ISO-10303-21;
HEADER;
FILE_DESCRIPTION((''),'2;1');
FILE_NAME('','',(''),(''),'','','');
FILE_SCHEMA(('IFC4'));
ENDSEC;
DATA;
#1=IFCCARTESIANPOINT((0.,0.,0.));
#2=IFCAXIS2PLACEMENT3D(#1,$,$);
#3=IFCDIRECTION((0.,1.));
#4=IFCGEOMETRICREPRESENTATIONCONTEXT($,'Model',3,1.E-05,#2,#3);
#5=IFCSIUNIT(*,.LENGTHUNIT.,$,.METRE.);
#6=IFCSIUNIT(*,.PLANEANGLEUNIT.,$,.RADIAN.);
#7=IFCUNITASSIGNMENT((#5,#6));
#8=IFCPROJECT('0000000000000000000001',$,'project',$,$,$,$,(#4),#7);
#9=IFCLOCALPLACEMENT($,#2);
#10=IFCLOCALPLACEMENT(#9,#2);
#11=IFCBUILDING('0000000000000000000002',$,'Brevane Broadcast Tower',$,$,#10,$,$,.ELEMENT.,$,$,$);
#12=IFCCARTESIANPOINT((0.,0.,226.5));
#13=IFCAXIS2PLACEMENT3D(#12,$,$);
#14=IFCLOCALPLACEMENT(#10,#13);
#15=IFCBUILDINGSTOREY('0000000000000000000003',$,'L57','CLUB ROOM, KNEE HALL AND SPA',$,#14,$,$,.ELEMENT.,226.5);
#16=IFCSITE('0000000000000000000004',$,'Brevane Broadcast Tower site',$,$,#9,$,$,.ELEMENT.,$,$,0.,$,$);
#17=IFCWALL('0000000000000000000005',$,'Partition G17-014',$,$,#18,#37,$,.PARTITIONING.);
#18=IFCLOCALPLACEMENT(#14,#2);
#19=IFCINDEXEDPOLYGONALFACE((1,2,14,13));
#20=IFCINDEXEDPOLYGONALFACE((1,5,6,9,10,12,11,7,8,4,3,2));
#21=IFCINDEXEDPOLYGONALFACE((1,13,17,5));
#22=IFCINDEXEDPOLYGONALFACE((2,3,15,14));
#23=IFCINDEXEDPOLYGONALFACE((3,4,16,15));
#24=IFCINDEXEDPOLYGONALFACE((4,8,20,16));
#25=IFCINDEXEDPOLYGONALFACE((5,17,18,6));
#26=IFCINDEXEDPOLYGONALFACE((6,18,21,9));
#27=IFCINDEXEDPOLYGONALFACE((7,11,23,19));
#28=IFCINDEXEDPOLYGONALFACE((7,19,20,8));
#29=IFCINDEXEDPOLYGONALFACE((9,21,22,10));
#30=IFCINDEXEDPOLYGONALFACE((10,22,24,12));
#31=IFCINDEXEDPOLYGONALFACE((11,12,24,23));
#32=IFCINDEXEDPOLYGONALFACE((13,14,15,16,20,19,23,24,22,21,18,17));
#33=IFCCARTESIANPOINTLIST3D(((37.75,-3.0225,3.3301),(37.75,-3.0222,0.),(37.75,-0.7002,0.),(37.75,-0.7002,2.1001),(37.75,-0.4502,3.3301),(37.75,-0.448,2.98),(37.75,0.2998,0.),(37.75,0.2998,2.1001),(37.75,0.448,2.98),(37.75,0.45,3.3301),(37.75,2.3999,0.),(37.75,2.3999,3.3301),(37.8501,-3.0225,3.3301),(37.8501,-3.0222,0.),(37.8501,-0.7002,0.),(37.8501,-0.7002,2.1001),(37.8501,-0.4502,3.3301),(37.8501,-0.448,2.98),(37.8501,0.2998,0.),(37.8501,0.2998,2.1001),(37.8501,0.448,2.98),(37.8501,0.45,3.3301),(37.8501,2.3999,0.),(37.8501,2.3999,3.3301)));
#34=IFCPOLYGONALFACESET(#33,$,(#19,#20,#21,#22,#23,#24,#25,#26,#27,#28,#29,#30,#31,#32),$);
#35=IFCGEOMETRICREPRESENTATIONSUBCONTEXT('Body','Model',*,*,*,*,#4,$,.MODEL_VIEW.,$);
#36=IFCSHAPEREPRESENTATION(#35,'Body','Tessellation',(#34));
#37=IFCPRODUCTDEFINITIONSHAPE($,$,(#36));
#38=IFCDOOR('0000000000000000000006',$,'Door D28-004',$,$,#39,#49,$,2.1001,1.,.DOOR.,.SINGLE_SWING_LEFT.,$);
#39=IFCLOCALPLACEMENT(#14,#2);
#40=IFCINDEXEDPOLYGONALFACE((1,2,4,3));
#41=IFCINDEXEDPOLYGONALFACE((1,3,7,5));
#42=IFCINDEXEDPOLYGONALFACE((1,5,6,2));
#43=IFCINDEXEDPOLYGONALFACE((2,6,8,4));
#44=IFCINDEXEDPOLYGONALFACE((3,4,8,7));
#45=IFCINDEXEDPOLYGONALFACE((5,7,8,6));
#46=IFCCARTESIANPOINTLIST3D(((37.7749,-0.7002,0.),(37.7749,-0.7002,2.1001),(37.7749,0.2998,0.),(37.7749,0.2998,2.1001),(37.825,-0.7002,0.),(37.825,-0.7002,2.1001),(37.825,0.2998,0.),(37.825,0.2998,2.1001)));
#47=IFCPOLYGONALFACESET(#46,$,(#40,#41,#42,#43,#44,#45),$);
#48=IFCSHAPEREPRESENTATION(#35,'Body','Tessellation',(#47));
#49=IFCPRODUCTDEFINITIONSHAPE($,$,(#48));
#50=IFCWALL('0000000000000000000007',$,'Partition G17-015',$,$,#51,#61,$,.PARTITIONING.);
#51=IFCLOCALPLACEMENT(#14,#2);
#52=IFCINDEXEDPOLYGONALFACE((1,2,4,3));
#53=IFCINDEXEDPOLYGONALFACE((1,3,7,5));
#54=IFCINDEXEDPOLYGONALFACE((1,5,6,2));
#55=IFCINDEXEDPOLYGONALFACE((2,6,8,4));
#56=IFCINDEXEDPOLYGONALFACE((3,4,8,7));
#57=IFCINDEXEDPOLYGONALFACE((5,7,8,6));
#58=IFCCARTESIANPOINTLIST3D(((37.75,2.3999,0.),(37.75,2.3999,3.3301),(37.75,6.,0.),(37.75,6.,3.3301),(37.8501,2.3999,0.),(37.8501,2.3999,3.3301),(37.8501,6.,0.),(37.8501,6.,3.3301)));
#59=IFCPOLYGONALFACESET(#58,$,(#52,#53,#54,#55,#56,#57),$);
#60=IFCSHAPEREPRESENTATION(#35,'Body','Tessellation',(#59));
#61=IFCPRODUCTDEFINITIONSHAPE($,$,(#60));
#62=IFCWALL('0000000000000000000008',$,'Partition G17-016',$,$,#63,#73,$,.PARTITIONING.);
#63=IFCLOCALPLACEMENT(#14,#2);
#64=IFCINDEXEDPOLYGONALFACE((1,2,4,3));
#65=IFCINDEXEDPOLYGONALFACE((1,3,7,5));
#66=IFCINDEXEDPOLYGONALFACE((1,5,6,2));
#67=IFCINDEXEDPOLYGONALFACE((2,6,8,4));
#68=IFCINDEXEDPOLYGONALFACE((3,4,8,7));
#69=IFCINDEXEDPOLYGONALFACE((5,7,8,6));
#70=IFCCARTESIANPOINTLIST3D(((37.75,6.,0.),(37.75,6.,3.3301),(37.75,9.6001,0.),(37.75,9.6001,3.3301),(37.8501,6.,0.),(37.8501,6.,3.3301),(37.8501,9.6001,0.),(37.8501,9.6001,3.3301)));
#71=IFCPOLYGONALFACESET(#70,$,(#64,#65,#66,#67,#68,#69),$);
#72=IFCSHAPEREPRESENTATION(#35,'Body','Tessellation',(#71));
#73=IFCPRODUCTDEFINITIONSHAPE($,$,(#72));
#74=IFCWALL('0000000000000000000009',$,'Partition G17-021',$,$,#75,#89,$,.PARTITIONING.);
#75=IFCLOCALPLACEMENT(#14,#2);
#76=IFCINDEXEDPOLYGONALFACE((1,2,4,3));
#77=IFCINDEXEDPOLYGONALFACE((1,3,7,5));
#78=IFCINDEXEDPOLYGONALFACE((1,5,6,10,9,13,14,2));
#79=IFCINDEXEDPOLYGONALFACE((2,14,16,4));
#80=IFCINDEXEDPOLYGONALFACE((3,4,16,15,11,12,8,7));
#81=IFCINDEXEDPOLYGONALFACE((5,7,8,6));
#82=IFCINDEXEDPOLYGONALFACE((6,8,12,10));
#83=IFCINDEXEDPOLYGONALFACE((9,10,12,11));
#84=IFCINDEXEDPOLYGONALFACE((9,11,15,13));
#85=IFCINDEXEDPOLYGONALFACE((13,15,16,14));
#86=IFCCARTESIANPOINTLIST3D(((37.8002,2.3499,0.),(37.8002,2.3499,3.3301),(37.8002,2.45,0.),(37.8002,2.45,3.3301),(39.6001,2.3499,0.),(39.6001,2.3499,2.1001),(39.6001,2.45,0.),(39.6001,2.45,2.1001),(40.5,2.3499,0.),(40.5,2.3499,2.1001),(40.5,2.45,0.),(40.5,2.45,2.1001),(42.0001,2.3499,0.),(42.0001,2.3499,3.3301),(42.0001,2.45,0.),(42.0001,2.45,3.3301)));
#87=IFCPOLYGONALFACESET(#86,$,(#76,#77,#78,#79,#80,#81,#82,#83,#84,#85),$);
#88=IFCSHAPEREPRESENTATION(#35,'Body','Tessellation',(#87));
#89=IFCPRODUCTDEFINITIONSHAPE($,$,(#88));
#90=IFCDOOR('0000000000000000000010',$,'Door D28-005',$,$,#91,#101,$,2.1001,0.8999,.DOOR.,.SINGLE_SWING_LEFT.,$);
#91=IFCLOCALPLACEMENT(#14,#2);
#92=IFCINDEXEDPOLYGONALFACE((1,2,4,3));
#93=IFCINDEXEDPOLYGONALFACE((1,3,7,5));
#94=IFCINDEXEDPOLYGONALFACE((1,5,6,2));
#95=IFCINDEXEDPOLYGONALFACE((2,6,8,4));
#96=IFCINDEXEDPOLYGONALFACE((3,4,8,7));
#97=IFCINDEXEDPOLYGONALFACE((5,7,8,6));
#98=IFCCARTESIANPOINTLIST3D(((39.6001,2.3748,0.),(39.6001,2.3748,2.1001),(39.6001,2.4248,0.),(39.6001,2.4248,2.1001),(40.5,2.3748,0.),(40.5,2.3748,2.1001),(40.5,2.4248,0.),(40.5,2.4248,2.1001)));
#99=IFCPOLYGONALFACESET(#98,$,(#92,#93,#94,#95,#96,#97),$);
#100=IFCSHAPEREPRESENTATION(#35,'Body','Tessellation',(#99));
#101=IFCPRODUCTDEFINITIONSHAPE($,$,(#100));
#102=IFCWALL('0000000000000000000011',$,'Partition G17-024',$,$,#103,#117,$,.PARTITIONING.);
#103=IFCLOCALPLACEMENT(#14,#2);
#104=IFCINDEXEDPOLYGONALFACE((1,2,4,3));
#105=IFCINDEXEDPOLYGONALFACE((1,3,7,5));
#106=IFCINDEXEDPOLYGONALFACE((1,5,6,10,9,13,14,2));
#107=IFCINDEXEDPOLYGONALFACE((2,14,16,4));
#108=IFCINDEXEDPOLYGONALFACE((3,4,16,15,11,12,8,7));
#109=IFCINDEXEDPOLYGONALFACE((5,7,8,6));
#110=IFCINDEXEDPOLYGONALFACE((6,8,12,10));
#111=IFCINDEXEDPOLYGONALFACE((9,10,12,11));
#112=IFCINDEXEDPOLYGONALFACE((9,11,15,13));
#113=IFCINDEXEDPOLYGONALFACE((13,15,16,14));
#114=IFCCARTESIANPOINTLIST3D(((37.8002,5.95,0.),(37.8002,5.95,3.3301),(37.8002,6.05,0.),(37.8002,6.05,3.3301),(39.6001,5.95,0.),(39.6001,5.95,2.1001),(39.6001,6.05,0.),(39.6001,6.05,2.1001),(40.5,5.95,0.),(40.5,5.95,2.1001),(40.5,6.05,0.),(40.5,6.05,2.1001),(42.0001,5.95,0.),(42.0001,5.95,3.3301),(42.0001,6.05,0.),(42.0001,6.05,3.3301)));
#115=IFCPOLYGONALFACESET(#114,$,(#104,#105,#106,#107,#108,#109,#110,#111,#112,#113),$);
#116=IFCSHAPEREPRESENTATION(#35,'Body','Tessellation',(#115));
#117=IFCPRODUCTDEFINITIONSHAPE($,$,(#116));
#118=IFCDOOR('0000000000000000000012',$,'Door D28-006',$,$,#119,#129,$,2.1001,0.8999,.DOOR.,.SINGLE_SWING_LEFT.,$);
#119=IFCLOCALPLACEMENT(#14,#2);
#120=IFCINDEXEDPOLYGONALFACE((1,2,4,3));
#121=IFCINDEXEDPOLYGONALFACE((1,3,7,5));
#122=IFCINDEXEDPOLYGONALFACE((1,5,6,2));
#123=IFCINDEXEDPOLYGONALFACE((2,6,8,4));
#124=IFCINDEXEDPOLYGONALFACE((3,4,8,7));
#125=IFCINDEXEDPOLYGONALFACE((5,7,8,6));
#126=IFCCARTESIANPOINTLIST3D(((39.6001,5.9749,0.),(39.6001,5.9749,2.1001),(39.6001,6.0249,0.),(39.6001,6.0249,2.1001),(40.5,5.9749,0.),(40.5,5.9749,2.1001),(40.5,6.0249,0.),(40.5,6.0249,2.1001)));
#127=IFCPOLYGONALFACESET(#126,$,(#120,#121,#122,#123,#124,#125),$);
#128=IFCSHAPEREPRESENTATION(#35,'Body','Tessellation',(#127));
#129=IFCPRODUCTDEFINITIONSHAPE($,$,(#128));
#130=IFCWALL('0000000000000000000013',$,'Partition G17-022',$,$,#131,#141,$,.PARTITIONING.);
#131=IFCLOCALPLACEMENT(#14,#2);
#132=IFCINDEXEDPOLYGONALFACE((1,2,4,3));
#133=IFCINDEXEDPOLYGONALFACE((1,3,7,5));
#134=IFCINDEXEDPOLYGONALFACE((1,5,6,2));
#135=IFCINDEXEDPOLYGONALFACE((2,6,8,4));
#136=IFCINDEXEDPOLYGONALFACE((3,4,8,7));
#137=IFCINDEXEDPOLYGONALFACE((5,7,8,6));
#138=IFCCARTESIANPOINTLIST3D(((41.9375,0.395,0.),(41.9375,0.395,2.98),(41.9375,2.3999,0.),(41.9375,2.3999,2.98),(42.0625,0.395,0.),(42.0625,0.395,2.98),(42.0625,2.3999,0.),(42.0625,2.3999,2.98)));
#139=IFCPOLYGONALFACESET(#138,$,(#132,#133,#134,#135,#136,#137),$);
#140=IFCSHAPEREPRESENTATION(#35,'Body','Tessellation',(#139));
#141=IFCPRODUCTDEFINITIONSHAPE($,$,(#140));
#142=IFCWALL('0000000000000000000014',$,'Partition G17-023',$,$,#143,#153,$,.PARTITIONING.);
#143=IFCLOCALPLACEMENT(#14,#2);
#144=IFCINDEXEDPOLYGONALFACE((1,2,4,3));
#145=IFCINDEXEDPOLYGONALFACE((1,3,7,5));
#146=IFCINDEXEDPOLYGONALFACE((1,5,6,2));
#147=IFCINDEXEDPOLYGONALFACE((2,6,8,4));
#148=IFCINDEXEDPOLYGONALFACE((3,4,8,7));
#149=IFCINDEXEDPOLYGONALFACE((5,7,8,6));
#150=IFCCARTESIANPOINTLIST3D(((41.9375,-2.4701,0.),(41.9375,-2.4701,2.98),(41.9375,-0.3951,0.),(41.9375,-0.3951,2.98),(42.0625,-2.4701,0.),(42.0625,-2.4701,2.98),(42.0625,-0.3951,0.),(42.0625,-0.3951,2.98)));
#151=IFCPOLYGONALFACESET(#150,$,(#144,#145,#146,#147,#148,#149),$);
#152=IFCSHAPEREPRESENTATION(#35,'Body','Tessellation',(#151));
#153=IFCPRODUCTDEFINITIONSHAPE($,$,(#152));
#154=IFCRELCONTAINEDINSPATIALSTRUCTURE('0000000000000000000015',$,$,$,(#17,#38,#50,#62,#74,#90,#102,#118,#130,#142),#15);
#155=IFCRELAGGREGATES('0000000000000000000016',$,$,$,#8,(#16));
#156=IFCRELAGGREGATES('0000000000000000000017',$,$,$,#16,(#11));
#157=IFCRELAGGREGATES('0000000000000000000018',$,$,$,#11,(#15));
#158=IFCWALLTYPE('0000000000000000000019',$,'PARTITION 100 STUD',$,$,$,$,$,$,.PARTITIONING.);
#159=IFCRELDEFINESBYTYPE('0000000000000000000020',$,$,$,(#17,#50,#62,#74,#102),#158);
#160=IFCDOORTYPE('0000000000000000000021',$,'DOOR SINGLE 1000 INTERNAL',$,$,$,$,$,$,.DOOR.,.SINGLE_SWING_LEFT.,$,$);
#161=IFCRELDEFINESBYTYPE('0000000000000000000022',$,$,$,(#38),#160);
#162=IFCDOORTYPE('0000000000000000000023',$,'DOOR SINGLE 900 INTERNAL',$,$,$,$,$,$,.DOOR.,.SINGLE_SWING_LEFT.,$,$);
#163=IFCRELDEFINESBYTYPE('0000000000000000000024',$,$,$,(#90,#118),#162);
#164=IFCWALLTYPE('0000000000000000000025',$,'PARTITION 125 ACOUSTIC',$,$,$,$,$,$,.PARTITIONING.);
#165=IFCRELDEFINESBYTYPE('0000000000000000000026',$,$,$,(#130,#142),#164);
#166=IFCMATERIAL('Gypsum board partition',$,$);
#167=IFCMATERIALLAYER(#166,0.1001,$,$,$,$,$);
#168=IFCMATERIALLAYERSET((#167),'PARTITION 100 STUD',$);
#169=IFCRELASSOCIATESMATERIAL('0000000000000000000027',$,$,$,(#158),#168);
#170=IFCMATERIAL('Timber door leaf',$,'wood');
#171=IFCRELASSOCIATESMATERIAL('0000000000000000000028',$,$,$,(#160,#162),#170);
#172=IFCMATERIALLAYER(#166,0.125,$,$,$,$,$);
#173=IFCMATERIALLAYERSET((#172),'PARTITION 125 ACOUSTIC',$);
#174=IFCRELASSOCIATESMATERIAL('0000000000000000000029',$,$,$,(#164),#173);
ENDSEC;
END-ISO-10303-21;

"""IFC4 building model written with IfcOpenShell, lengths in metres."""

from ifc_helpers import new_model, si_unit, direction, frame, frame_2d, origin, place, context, subcontext, project, spatial, polyline, rectangle, outline, extrude, material, layer, layer_set, type_object, element, fill, save


model = new_model("IFC4")

# Units and contexts
model_context = context("Model", 3, precision=1e-05, world=origin(), true_north=direction((0.0, 1.0)))
body_context = subcontext(model_context, "Body", "Model", "MODEL_VIEW")
ifc_project = project(units=[si_unit("LENGTHUNIT", "METRE"), si_unit("PLANEANGLEUNIT", "RADIAN")], contexts=[model_context])

# Site, building, storey
site_placement = place(None, origin())
site = spatial("IfcSite", under=ifc_project, at=site_placement, Name="Brevane Broadcast Tower site", CompositionType="ELEMENT", RefElevation=0.0)
building_placement = place(site_placement, origin())
building = spatial("IfcBuilding", under=site, at=building_placement, Name="Brevane Broadcast Tower", CompositionType="ELEMENT")
storey_placement = place(building_placement, frame((0.0, 0.0, 226.5)))
storey = spatial("IfcBuildingStorey", under=building, at=storey_placement, Name="L57", Description="CLUB ROOM, KNEE HALL AND SPA", CompositionType="ELEMENT", Elevation=226.5)

# Wall, opening, door
ifc_material_1 = material(Name="Gypsum board partition")
ifc_layer_1 = layer(ifc_material_1, 0.1001)
ifc_layer_set_1 = layer_set([ifc_layer_1], Name="PARTITION 100 STUD")
wall_type_1 = type_object("IfcWallType", Name="PARTITION 100 STUD", PredefinedType="PARTITIONING", material=ifc_layer_set_1)
wall_1_placement = place(storey_placement, frame((37.8, 2.3999, 0.0), z_axis=(0.0, 0.0, 1.0), x_axis=(0.0, -1.0, 0.0)))
wall_1 = element("IfcWall", 1, at=wall_1_placement, inside=storey, type_object=wall_type_1, Name="Partition G17-014", PredefinedType="PARTITIONING", context=body_context, shape_type="SweptSolid", body=[
    extrude(outline(polyline([(0.0, 0.0), (5.4221, 0.0), (5.4224, 3.3301), (2.8501, 3.3301), (2.8479, 2.98), (1.9519, 2.98), (1.95, 3.3301), (0.0, 3.3301), (0.0, 0.0)])), frame((0.0, 0.05, 0.0), z_axis=(0.0, -1.0, 0.0), x_axis=(1.0, 0.0, 0.0)), (0.0, 0.0, 1.0), 0.1001),
])
opening_1_placement = place(wall_1_placement, frame((2.1001, 0.0, 0.0)))
opening_1 = element("IfcOpeningElement", 2, at=opening_1_placement, cuts=wall_1, PredefinedType="OPENING", context=body_context, shape_type="SweptSolid", body=[
    extrude(rectangle(XDim=1.0, YDim=2.1001, at=frame_2d((0.5, 1.05))), frame((0.0, 0.0601, 0.0), z_axis=(0.0, -1.0, 0.0), x_axis=(1.0, 0.0, 0.0)), (0.0, 0.0, 1.0), 0.1201),
])
ifc_material_2 = material(Name="Timber door leaf", Category="wood")
door_type_1 = type_object("IfcDoorType", Name="DOOR SINGLE 1000 INTERNAL", OperationType="SINGLE_SWING_LEFT", PredefinedType="DOOR", material=ifc_material_2)
door_1_placement = place(opening_1_placement, origin())
door_1 = element("IfcDoor", 3, at=door_1_placement, inside=storey, type_object=door_type_1, Name="Door D28-004", OperationType="SINGLE_SWING_LEFT", OverallHeight=2.1001, OverallWidth=1.0, PredefinedType="DOOR", context=body_context, shape_type="SweptSolid", body=[
    extrude(rectangle(XDim=1.0, YDim=2.1001, at=frame_2d((0.5, 1.05))), frame((0.0, 0.0249, 0.0), z_axis=(0.0, -1.0, 0.0), x_axis=(1.0, 0.0, 0.0)), (0.0, 0.0, 1.0), 0.05),
])
fill(opening_1, door_1)

# Walls
for number, where, z_axis, x_axis, name in (
    (4, (37.8, 6.0, 0.0), (0.0, 0.0, 1.0), (0.0, -1.0, 0.0), "Partition G17-015"),
    (5, (37.8, 9.6001, 0.0), (0.0, 0.0, 1.0), (0.0, -1.0, 0.0), "Partition G17-016"),
):
    element("IfcWall", number, at=place(storey_placement, frame(where, z_axis=z_axis, x_axis=x_axis)), inside=storey, type_object=wall_type_1, Name=name, PredefinedType="PARTITIONING", context=body_context, shape_type="SweptSolid", body=[
        extrude(rectangle(XDim=3.6001, YDim=0.1001, at=frame_2d((1.8, 0.0))), origin(), (0.0, 0.0, 1.0), 3.3301),
    ])

# Walls, openings, doors
wall_2_placement = place(storey_placement, frame((37.8, 2.3999, 0.0), z_axis=(0.0, 0.0, 1.0), x_axis=(1.0, 0.0, 0.0)))
wall_2 = element("IfcWall", 6, at=wall_2_placement, inside=storey, type_object=wall_type_1, Name="Partition G17-021", PredefinedType="PARTITIONING", context=body_context, shape_type="SweptSolid", body=[
    extrude(rectangle(XDim=4.2, YDim=0.1001, at=frame_2d((2.1001, 0.0))), origin(), (0.0, 0.0, 1.0), 3.3301),
])
opening_2_placement = place(wall_2_placement, frame((1.8, 0.0, 0.0)))
opening_2 = element("IfcOpeningElement", 7, at=opening_2_placement, cuts=wall_2, PredefinedType="OPENING", context=body_context, shape_type="SweptSolid", body=[
    extrude(rectangle(XDim=0.8999, YDim=2.1001, at=frame_2d((0.45, 1.05))), frame((0.0, 0.0601, 0.0), z_axis=(0.0, -1.0, 0.0), x_axis=(1.0, 0.0, 0.0)), (0.0, 0.0, 1.0), 0.1201),
])
door_type_2 = type_object("IfcDoorType", Name="DOOR SINGLE 900 INTERNAL", OperationType="SINGLE_SWING_LEFT", PredefinedType="DOOR", material=ifc_material_2)
door_2_placement = place(opening_2_placement, origin())
door_2 = element("IfcDoor", 8, at=door_2_placement, inside=storey, type_object=door_type_2, Name="Door D28-005", OperationType="SINGLE_SWING_LEFT", OverallHeight=2.1001, OverallWidth=0.8999, PredefinedType="DOOR", context=body_context, shape_type="SweptSolid", body=[
    extrude(rectangle(XDim=0.8999, YDim=2.1001, at=frame_2d((0.45, 1.05))), frame((0.0, 0.0249, 0.0), z_axis=(0.0, -1.0, 0.0), x_axis=(1.0, 0.0, 0.0)), (0.0, 0.0, 1.0), 0.05),
])
fill(opening_2, door_2)
wall_3_placement = place(storey_placement, frame((37.8, 6.0, 0.0), z_axis=(0.0, 0.0, 1.0), x_axis=(1.0, 0.0, 0.0)))
wall_3 = element("IfcWall", 9, at=wall_3_placement, inside=storey, type_object=wall_type_1, Name="Partition G17-024", PredefinedType="PARTITIONING", context=body_context, shape_type="SweptSolid", body=[
    extrude(rectangle(XDim=4.2, YDim=0.1001, at=frame_2d((2.1001, 0.0))), origin(), (0.0, 0.0, 1.0), 3.3301),
])
opening_3_placement = place(wall_3_placement, frame((1.8, 0.0, 0.0)))
opening_3 = element("IfcOpeningElement", 10, at=opening_3_placement, cuts=wall_3, PredefinedType="OPENING", context=body_context, shape_type="SweptSolid", body=[
    extrude(rectangle(XDim=0.8999, YDim=2.1001, at=frame_2d((0.45, 1.05))), frame((0.0, 0.0601, 0.0), z_axis=(0.0, -1.0, 0.0), x_axis=(1.0, 0.0, 0.0)), (0.0, 0.0, 1.0), 0.1201),
])
door_3_placement = place(opening_3_placement, origin())
door_3 = element("IfcDoor", 11, at=door_3_placement, inside=storey, type_object=door_type_2, Name="Door D28-006", OperationType="SINGLE_SWING_LEFT", OverallHeight=2.1001, OverallWidth=0.8999, PredefinedType="DOOR", context=body_context, shape_type="SweptSolid", body=[
    extrude(rectangle(XDim=0.8999, YDim=2.1001, at=frame_2d((0.45, 1.05))), frame((0.0, 0.0249, 0.0), z_axis=(0.0, -1.0, 0.0), x_axis=(1.0, 0.0, 0.0)), (0.0, 0.0, 1.0), 0.05),
])
fill(opening_3, door_3)

# Walls
ifc_layer_2 = layer(ifc_material_1, 0.125)
ifc_layer_set_2 = layer_set([ifc_layer_2], Name="PARTITION 125 ACOUSTIC")
wall_type_2 = type_object("IfcWallType", Name="PARTITION 125 ACOUSTIC", PredefinedType="PARTITIONING", material=ifc_layer_set_2)
wall_4_placement = place(storey_placement, frame((42.0, 2.3999, 0.0), z_axis=(0.0, 0.0, 1.0), x_axis=(0.0, -1.0, 0.0)))
element("IfcWall", 12, at=wall_4_placement, inside=storey, type_object=wall_type_2, Name="Partition G17-022", PredefinedType="PARTITIONING", context=body_context, shape_type="SweptSolid", body=[
    extrude(rectangle(XDim=2.0049, YDim=0.125, at=frame_2d((1.0024, 0.0))), origin(), (0.0, 0.0, 1.0), 2.98),
])
wall_5_placement = place(storey_placement, frame((42.0, -0.395, 0.0), z_axis=(0.0, 0.0, 1.0), x_axis=(0.0, -1.0, 0.0)))
element("IfcWall", 13, at=wall_5_placement, inside=storey, type_object=wall_type_2, Name="Partition G17-023", PredefinedType="PARTITIONING", context=body_context, shape_type="SweptSolid", body=[
    extrude(rectangle(XDim=2.075, YDim=0.125, at=frame_2d((1.0376, 0.0))), origin(), (0.0, 0.0, 1.0), 2.98),
])

save(model, "model.ifc")
